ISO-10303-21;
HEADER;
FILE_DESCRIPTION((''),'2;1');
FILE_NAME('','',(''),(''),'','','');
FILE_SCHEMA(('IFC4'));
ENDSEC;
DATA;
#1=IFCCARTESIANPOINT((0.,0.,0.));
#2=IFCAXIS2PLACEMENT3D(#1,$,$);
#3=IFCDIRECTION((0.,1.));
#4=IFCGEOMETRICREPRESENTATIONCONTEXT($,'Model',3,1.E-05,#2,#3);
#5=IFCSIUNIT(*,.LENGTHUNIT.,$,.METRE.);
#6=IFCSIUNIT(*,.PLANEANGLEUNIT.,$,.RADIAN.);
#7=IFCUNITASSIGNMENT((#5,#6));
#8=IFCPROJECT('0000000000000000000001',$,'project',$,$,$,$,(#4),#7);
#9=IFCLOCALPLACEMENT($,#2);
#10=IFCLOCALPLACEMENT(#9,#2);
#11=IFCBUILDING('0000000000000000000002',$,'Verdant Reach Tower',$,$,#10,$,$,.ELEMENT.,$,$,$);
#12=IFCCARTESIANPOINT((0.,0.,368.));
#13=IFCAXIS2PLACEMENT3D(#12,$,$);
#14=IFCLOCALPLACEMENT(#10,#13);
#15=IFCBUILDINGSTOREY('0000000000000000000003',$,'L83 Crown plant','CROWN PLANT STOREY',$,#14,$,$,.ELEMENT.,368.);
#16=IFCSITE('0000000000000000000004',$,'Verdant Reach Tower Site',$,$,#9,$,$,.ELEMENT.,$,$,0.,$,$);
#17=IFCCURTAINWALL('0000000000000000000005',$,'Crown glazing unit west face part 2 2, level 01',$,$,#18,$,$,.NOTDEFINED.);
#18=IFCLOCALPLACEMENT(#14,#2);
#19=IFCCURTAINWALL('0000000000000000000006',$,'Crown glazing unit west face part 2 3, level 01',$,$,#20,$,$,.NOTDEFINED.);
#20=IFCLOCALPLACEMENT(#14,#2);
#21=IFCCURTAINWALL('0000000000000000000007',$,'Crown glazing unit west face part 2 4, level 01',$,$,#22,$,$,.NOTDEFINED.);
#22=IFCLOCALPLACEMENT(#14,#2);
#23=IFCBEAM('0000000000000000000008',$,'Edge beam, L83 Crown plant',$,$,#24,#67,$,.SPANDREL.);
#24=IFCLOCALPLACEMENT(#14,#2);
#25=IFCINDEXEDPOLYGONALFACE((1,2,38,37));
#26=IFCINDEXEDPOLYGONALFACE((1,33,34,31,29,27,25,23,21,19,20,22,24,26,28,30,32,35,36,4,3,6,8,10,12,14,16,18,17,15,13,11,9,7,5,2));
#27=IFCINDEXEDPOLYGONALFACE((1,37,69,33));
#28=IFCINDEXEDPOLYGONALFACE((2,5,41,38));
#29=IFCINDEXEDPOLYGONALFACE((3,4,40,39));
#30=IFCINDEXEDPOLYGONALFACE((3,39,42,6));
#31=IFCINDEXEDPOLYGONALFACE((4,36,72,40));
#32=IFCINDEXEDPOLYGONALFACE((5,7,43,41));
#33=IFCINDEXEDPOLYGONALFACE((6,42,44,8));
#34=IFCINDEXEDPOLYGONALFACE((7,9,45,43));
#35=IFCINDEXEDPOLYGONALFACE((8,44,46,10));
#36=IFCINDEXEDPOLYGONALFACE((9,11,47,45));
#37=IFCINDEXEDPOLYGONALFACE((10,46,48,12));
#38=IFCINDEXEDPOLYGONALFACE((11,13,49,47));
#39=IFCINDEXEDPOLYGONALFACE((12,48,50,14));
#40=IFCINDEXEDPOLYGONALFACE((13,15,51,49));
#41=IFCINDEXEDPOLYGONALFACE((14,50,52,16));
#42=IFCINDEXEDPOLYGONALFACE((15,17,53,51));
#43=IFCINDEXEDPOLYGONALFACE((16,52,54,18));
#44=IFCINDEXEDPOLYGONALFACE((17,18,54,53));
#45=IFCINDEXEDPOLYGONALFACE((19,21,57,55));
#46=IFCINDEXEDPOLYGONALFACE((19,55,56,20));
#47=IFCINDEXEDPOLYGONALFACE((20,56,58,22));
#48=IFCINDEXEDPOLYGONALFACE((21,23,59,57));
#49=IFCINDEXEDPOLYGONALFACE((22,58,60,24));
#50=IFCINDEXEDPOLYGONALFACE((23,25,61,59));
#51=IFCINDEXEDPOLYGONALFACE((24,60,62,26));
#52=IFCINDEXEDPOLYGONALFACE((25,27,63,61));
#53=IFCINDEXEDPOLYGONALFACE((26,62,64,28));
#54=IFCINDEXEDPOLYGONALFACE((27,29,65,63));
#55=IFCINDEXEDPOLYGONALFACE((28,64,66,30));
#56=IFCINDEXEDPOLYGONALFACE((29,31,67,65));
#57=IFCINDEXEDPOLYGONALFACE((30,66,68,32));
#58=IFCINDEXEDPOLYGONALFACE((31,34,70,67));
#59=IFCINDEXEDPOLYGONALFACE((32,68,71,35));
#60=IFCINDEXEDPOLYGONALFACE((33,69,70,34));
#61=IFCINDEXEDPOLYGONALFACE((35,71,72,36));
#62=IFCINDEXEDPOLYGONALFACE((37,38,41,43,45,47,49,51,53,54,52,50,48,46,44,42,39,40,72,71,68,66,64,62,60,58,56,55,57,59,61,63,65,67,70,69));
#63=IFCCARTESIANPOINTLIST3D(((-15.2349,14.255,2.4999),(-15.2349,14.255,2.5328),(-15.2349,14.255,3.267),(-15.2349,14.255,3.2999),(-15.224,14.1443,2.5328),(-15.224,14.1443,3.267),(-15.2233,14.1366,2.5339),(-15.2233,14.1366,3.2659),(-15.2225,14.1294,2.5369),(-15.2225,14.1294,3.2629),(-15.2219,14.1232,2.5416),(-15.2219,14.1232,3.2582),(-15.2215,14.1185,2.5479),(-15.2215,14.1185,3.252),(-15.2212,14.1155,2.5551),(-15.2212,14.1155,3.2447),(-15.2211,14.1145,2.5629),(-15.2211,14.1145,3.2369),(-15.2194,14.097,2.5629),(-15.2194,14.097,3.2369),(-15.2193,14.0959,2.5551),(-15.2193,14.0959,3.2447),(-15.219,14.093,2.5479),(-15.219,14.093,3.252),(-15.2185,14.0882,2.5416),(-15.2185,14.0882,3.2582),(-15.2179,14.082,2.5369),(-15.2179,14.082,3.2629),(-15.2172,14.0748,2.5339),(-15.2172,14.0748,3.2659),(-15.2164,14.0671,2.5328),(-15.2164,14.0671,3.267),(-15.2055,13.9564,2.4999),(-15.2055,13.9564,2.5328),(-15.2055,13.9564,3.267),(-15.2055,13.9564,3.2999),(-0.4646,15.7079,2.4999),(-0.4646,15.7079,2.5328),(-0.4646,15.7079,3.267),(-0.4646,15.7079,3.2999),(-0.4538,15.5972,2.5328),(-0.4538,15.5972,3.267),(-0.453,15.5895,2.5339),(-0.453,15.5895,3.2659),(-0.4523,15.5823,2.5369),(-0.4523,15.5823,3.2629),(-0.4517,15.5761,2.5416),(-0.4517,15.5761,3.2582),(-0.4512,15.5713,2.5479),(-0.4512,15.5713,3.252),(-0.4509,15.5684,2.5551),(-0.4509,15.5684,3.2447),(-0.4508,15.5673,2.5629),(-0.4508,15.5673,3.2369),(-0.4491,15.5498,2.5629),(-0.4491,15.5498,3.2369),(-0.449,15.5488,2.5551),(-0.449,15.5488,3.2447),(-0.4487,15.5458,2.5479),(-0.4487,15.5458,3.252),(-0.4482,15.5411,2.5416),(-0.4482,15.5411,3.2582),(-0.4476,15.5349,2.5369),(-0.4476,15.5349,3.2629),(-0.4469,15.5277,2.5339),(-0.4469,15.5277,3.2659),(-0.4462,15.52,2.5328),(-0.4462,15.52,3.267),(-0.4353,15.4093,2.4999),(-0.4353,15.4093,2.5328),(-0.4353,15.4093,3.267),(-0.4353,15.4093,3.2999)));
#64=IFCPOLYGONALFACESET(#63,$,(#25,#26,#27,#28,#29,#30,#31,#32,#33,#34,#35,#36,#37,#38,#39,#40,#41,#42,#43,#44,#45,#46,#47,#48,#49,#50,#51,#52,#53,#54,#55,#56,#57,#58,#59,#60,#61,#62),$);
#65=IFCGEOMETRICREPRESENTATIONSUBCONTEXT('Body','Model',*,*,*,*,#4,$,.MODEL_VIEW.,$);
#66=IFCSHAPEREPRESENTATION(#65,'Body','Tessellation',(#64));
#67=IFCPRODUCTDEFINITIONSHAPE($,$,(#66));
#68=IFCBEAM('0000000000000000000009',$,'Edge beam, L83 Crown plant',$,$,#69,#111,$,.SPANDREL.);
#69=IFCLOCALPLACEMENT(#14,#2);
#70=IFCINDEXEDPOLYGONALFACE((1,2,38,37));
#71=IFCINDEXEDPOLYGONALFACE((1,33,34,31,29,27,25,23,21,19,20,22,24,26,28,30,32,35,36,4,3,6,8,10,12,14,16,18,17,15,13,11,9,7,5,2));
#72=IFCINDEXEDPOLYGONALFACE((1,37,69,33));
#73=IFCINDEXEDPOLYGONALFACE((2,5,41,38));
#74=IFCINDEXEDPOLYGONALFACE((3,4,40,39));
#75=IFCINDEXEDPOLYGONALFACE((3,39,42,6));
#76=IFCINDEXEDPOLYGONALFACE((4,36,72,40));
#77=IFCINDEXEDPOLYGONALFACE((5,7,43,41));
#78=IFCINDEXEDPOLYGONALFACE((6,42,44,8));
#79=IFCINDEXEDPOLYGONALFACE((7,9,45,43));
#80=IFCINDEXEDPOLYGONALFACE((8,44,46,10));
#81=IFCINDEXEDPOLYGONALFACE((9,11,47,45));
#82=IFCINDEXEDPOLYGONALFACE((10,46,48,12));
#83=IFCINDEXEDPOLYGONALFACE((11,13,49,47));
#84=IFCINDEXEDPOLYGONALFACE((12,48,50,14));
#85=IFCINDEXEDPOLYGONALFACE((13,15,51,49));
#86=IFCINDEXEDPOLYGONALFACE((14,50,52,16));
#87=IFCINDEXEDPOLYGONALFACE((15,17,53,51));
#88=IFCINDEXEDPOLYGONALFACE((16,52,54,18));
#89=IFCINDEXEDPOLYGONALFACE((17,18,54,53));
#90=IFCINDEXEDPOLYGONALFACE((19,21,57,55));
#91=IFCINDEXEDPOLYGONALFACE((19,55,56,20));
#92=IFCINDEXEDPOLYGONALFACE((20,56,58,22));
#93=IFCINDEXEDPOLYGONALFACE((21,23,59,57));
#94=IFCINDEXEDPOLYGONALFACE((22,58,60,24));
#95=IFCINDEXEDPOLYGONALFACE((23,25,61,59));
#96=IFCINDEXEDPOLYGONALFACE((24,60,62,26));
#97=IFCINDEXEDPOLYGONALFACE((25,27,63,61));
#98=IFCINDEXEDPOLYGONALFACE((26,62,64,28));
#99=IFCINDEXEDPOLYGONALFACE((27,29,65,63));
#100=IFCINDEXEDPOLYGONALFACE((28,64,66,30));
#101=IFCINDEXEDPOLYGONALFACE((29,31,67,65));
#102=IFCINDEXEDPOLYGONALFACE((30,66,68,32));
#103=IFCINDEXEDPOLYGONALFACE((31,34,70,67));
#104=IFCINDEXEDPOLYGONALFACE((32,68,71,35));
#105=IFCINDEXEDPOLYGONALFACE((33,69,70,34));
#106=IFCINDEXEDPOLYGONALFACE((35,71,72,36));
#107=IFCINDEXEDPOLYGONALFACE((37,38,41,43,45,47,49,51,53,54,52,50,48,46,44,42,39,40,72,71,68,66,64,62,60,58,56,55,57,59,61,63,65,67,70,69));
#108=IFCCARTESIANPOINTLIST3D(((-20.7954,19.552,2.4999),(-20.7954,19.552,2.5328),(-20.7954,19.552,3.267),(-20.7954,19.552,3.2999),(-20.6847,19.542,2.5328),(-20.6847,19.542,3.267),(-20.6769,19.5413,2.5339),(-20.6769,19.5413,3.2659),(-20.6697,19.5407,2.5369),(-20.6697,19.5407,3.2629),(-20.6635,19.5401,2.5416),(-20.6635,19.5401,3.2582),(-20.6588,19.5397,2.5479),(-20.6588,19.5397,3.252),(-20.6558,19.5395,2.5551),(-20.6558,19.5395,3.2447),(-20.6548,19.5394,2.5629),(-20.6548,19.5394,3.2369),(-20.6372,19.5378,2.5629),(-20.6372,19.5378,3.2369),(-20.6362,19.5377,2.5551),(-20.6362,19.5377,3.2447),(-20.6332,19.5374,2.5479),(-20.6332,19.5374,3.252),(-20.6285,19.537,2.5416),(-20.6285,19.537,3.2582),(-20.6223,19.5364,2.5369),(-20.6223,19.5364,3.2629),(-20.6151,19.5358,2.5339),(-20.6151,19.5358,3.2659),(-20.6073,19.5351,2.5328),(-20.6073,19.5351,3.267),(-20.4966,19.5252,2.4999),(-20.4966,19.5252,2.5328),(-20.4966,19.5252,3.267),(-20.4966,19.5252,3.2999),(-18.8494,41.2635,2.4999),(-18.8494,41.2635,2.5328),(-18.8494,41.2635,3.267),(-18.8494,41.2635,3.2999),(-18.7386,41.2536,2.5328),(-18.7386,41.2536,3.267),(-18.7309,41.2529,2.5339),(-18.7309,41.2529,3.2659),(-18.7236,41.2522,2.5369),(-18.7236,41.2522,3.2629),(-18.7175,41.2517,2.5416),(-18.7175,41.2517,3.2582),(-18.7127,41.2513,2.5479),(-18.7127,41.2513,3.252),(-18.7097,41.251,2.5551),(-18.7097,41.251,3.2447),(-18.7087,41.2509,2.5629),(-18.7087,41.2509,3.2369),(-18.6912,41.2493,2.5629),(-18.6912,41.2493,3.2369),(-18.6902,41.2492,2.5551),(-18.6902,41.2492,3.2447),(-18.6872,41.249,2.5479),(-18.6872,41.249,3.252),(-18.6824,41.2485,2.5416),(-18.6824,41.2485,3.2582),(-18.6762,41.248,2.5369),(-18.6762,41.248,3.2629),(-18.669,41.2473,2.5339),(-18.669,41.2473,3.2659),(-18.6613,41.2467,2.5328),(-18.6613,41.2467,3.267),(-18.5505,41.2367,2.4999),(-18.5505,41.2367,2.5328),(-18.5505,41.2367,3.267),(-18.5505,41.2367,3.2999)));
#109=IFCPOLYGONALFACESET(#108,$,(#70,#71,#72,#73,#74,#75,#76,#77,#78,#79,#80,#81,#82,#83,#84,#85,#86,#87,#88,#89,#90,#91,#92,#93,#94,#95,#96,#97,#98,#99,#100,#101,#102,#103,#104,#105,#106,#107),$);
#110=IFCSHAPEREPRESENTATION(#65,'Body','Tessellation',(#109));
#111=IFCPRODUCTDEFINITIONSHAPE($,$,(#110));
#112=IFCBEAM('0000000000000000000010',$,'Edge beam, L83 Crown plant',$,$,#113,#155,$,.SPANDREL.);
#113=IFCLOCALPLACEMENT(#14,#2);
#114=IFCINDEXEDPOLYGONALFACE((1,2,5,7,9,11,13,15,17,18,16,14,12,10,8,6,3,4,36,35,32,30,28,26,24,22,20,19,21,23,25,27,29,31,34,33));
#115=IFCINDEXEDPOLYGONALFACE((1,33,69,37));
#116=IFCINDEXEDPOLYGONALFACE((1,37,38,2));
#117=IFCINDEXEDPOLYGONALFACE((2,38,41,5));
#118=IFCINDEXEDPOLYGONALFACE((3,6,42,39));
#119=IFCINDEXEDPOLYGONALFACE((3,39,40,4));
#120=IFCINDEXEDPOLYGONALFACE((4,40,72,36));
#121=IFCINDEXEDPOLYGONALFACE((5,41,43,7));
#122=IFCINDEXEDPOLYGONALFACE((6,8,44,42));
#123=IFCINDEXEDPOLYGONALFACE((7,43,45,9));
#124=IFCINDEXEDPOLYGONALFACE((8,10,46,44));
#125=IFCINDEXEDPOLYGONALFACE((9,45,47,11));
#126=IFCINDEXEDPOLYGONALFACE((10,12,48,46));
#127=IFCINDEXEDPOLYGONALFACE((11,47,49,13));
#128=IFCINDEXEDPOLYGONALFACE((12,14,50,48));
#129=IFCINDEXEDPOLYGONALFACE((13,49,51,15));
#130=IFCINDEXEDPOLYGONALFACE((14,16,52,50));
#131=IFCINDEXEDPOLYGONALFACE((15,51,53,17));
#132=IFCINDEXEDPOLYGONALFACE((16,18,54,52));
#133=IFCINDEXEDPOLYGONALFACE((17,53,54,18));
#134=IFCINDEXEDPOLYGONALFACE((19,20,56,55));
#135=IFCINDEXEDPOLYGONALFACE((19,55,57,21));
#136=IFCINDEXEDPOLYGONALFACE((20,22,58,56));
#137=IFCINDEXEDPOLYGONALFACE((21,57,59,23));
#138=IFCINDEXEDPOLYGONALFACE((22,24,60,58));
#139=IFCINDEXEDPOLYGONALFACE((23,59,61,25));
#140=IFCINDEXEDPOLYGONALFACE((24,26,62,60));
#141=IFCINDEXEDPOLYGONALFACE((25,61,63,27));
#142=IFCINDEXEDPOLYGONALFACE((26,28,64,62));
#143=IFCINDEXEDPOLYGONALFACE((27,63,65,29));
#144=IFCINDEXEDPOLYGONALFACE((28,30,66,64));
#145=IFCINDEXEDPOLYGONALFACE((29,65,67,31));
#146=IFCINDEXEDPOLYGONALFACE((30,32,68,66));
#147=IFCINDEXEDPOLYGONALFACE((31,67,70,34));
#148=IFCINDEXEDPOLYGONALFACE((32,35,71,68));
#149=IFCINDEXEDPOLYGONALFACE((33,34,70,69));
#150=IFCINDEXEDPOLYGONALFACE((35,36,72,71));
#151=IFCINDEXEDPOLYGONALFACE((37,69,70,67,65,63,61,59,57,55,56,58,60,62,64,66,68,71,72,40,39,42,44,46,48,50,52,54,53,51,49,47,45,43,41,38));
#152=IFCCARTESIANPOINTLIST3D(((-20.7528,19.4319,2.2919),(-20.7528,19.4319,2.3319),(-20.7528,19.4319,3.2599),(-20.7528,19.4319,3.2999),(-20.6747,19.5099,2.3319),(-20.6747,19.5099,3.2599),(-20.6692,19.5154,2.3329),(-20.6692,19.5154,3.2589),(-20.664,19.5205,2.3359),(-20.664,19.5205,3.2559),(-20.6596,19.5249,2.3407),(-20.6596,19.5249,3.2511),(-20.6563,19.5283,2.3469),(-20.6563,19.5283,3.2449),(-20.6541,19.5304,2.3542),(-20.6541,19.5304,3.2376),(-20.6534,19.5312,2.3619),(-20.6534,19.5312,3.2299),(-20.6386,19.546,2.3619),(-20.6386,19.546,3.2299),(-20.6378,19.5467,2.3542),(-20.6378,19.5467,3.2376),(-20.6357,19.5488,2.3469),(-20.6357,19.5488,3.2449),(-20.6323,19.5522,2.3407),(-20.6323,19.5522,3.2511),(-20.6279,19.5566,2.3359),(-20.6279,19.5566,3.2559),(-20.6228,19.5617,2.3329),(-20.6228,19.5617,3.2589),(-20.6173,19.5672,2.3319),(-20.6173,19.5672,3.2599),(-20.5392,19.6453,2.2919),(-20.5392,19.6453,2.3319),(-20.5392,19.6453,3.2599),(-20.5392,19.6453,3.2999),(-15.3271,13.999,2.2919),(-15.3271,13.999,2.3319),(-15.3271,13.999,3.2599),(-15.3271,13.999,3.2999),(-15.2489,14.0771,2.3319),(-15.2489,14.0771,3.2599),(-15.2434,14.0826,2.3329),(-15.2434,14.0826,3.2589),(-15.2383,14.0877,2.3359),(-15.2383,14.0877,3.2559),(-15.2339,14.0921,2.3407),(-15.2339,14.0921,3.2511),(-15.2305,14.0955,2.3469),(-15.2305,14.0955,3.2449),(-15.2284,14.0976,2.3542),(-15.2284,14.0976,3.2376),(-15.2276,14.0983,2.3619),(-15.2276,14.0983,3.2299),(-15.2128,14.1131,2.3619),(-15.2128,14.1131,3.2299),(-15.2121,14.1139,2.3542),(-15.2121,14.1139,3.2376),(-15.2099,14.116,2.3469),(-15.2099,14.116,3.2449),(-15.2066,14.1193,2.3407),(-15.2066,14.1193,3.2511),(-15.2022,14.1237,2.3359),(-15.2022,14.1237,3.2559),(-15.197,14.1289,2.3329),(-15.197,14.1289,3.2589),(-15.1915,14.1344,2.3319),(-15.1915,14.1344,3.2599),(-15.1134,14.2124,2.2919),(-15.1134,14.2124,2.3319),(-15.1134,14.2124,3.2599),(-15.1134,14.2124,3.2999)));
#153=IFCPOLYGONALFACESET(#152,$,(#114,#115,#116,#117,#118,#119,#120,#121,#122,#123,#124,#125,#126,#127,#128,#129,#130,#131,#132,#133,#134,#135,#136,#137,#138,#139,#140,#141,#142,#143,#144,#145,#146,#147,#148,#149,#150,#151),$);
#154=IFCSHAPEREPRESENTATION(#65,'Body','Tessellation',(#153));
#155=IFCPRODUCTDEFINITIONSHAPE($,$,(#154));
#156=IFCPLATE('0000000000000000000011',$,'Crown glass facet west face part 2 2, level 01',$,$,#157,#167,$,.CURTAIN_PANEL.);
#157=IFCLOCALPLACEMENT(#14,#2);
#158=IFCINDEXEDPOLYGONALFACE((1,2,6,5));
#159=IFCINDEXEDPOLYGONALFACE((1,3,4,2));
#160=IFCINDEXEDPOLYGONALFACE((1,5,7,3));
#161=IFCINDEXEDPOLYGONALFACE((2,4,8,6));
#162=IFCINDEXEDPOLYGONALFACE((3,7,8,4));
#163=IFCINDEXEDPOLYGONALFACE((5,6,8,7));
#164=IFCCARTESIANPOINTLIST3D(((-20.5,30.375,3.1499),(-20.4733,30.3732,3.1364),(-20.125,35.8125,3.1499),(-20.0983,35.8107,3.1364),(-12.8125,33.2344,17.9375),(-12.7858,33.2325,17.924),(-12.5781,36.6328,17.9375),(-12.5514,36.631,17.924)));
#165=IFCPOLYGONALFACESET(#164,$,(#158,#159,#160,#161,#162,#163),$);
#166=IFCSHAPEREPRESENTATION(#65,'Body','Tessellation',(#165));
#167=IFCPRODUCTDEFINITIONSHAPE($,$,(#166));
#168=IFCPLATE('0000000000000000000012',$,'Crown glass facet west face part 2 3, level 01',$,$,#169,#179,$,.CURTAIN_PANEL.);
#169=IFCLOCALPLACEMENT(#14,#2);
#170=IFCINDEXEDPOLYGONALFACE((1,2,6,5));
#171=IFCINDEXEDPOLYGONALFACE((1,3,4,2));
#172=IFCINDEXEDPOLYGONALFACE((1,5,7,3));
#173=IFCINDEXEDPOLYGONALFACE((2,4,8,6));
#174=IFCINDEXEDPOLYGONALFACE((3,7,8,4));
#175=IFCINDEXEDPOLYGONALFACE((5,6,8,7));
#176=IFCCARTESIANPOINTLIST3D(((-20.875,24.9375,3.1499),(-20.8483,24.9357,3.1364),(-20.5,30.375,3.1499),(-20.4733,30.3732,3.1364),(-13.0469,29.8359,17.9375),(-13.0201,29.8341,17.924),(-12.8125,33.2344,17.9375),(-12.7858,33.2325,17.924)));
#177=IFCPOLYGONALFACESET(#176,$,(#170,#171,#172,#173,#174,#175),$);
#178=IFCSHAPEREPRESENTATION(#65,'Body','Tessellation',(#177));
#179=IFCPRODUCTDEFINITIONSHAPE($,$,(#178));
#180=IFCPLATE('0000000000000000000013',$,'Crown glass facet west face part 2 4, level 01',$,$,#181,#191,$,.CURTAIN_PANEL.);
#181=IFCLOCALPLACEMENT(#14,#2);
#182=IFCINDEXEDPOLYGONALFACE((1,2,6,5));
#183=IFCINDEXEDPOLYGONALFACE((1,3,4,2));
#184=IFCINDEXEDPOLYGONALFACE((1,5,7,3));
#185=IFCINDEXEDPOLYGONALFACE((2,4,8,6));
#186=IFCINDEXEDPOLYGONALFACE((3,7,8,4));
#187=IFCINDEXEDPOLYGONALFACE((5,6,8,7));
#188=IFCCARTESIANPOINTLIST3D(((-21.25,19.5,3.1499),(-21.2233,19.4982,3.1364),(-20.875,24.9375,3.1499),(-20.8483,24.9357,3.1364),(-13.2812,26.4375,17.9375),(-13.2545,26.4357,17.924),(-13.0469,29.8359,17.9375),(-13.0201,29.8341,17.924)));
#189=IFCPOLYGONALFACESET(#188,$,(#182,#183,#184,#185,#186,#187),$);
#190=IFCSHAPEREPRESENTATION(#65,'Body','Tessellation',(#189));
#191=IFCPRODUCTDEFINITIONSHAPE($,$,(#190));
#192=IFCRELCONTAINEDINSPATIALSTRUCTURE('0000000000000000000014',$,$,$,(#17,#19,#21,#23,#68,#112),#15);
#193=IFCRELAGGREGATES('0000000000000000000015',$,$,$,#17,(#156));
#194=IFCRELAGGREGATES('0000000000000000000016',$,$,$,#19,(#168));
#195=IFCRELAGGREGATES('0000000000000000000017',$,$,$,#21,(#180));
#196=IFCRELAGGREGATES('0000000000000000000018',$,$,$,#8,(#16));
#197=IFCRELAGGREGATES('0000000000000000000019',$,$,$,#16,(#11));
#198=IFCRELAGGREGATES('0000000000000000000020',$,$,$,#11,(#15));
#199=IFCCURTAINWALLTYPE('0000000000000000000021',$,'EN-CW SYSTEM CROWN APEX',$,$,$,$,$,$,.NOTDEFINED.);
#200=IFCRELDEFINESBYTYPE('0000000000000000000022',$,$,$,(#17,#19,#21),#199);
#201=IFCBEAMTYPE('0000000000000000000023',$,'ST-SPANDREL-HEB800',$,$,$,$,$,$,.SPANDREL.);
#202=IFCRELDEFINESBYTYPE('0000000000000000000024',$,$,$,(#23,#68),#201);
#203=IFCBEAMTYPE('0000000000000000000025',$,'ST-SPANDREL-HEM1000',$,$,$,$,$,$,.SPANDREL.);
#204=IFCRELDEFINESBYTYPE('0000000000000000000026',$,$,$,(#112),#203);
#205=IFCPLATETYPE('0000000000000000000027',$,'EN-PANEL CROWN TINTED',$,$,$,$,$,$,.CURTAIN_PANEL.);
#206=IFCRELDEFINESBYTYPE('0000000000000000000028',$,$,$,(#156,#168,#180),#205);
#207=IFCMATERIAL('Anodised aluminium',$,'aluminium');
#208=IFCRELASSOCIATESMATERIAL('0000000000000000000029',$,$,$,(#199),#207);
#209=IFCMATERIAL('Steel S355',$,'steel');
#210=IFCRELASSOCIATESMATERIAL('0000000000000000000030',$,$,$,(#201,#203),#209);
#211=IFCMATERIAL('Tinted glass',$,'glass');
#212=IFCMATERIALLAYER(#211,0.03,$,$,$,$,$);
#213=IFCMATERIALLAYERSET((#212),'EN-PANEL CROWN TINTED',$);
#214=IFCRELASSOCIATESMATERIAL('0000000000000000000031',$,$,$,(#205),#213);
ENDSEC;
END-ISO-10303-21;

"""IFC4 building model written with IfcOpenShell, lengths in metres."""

from ifc_helpers import new_model, si_unit, direction, frame, origin, origin_2d, place, context, subcontext, project, spatial, polyline, i_section, outline, extrude, material, layer, layer_set, material_profile, profile_set, type_object, element, aggregate, save


model = new_model("IFC4")

# Units and contexts
model_context = context("Model", 3, precision=1e-05, world=origin(), true_north=direction((0.0, 1.0)))
body_context = subcontext(model_context, "Body", "Model", "MODEL_VIEW")
ifc_project = project(units=[si_unit("LENGTHUNIT", "METRE"), si_unit("PLANEANGLEUNIT", "RADIAN")], contexts=[model_context])

# Site, building, storey
site_placement = place(None, origin())
site = spatial("IfcSite", under=ifc_project, at=site_placement, Name="Verdant Reach Tower Site", CompositionType="ELEMENT", RefElevation=0.0)
building_placement = place(site_placement, origin())
building = spatial("IfcBuilding", under=site, at=building_placement, Name="Verdant Reach Tower", CompositionType="ELEMENT")
storey_placement = place(building_placement, frame((0.0, 0.0, 368.0)))
storey = spatial("IfcBuildingStorey", under=building, at=storey_placement, Name="L83 Crown plant", Description="CROWN PLANT STOREY", CompositionType="ELEMENT", Elevation=368.0)

# Curtain walls
ifc_material_1 = material(Name="Anodised aluminium", Category="aluminium")
curtain_wall_type_1 = type_object("IfcCurtainWallType", Name="EN-CW SYSTEM CROWN APEX", PredefinedType="NOTDEFINED", material=ifc_material_1)
curtain_wall_1_placement = place(storey_placement, origin())
curtain_wall_1 = element("IfcCurtainWall", 1, at=curtain_wall_1_placement, inside=storey, type_object=curtain_wall_type_1, Name="Crown glazing unit west face part 2 2, level 01", PredefinedType="NOTDEFINED")
curtain_wall_2_placement = place(storey_placement, origin())
curtain_wall_2 = element("IfcCurtainWall", 2, at=curtain_wall_2_placement, inside=storey, type_object=curtain_wall_type_1, Name="Crown glazing unit west face part 2 3, level 01", PredefinedType="NOTDEFINED")
curtain_wall_3_placement = place(storey_placement, origin())
curtain_wall_3 = element("IfcCurtainWall", 3, at=curtain_wall_3_placement, inside=storey, type_object=curtain_wall_type_1, Name="Crown glazing unit west face part 2 4, level 01", PredefinedType="NOTDEFINED")

# Beams
ifc_material_2 = material(Name="Steel S355", Category="steel")
ifc_material_profile_1 = material_profile(ifc_material_2, i_section(OverallWidth=0.3, OverallDepth=0.8, WebThickness=0.0176, FlangeThickness=0.033, FilletRadius=0.03, at=origin_2d()), Name="HEB 800")
ifc_profile_set_1 = profile_set([ifc_material_profile_1], Name="Steel S355")
beam_type_1 = type_object("IfcBeamType", Name="ST-SPANDREL-HEB800", PredefinedType="SPANDREL", material=ifc_profile_set_1)
beam_1_placement = place(storey_placement, frame((-0.45, 15.5586, 2.8999), z_axis=(-0.995197, -0.097893, 0.0), x_axis=(0.097893, -0.995197, 0.0)))
element("IfcBeam", 4, at=beam_1_placement, inside=storey, type_object=beam_type_1, Name="Edge beam, L83 Crown plant", PredefinedType="SPANDREL", context=body_context, shape_type="SweptSolid", body=[
    extrude(i_section(OverallWidth=0.3, OverallDepth=0.8, WebThickness=0.0176, FlangeThickness=0.033, FilletRadius=0.03, at=origin_2d()), origin(), (0.0, 0.0, 1.0), 14.8416),
])
beam_2_placement = place(storey_placement, frame((-20.646, 19.5386, 2.8999), z_axis=(0.089274, 0.996007, 0.0), x_axis=(-0.996007, 0.089274, 0.0)))
element("IfcBeam", 5, at=beam_2_placement, inside=storey, type_object=beam_type_1, Name="Edge beam, L83 Crown plant", PredefinedType="SPANDREL", context=body_context, shape_type="SweptSolid", body=[
    extrude(i_section(OverallWidth=0.3, OverallDepth=0.8, WebThickness=0.0176, FlangeThickness=0.033, FilletRadius=0.03, at=origin_2d()), origin(), (0.0, 0.0, 1.0), 21.7986),
])
ifc_material_profile_2 = material_profile(ifc_material_2, i_section(OverallWidth=0.302, OverallDepth=1.0081, WebThickness=0.021, FlangeThickness=0.04, FilletRadius=0.03, at=origin_2d()), Name="HEM 1000")
ifc_profile_set_2 = profile_set([ifc_material_profile_2], Name="Steel S355")
beam_type_2 = type_object("IfcBeamType", Name="ST-SPANDREL-HEM1000", PredefinedType="SPANDREL", material=ifc_profile_set_2)
beam_3_placement = place(storey_placement, frame((-15.2202, 14.1057, 2.7959), z_axis=(-0.706646, 0.707568, 0.0), x_axis=(-0.707568, -0.706646, 0.0)))
element("IfcBeam", 6, at=beam_3_placement, inside=storey, type_object=beam_type_2, Name="Edge beam, L83 Crown plant", PredefinedType="SPANDREL", context=body_context, shape_type="SweptSolid", body=[
    extrude(i_section(OverallWidth=0.302, OverallDepth=1.0081, WebThickness=0.021, FlangeThickness=0.04, FilletRadius=0.03, at=origin_2d()), origin(), (0.0, 0.0, 1.0), 7.6782),
])

# Plates
ifc_material_3 = material(Name="Tinted glass", Category="glass")
ifc_layer_1 = layer(ifc_material_3, 0.03)
ifc_layer_set_1 = layer_set([ifc_layer_1], Name="EN-PANEL CROWN TINTED")
plate_type = type_object("IfcPlateType", Name="EN-PANEL CROWN TINTED", PredefinedType="CURTAIN_PANEL", material=ifc_layer_set_1)
plate_1_placement = place(storey_placement, frame((-20.125, 35.8125, 3.1499), z_axis=(-0.890403, 0.061407, 0.451012), x_axis=(-0.068802, -0.99763, 0.0)))
plate_1 = element("IfcPlate", 7, at=plate_1_placement, type_object=plate_type, Name="Crown glass facet west face part 2 2, level 01", PredefinedType="CURTAIN_PANEL", context=body_context, shape_type="SweptSolid", body=[
    extrude(outline(polyline([(0.0, 0.0), (5.4504, 0.0), (2.0689, 16.5684), (-1.3376, 16.5684), (0.0, 0.0)])), origin(), (0.0, 0.0, -1.0), 0.03),
])
aggregate(curtain_wall_1, [plate_1])
plate_2_placement = place(storey_placement, frame((-20.5, 30.375, 3.1499), z_axis=(-0.890403, 0.061407, 0.451012), x_axis=(-0.068802, -0.99763, 0.0)))
plate_2 = element("IfcPlate", 8, at=plate_2_placement, type_object=plate_type, Name="Crown glass facet west face part 2 3, level 01", PredefinedType="CURTAIN_PANEL", context=body_context, shape_type="SweptSolid", body=[
    extrude(outline(polyline([(0.0, 0.0), (5.4504, 0.0), (0.025, 16.5684), (-3.3815, 16.5684), (0.0, 0.0)])), origin(), (0.0, 0.0, -1.0), 0.03),
])
aggregate(curtain_wall_2, [plate_2])
plate_3_placement = place(storey_placement, frame((-20.875, 24.9375, 3.1499), z_axis=(-0.890403, 0.061407, 0.451012), x_axis=(-0.068802, -0.99763, 0.0)))
plate_3 = element("IfcPlate", 9, at=plate_3_placement, type_object=plate_type, Name="Crown glass facet west face part 2 4, level 01", PredefinedType="CURTAIN_PANEL", context=body_context, shape_type="SweptSolid", body=[
    extrude(outline(polyline([(0.0, 0.0), (5.4504, 0.0), (-2.0189, 16.5684), (-5.4254, 16.5684), (0.0, 0.0)])), origin(), (0.0, 0.0, -1.0), 0.03),
])
aggregate(curtain_wall_3, [plate_3])

save(model, "model.ifc")
